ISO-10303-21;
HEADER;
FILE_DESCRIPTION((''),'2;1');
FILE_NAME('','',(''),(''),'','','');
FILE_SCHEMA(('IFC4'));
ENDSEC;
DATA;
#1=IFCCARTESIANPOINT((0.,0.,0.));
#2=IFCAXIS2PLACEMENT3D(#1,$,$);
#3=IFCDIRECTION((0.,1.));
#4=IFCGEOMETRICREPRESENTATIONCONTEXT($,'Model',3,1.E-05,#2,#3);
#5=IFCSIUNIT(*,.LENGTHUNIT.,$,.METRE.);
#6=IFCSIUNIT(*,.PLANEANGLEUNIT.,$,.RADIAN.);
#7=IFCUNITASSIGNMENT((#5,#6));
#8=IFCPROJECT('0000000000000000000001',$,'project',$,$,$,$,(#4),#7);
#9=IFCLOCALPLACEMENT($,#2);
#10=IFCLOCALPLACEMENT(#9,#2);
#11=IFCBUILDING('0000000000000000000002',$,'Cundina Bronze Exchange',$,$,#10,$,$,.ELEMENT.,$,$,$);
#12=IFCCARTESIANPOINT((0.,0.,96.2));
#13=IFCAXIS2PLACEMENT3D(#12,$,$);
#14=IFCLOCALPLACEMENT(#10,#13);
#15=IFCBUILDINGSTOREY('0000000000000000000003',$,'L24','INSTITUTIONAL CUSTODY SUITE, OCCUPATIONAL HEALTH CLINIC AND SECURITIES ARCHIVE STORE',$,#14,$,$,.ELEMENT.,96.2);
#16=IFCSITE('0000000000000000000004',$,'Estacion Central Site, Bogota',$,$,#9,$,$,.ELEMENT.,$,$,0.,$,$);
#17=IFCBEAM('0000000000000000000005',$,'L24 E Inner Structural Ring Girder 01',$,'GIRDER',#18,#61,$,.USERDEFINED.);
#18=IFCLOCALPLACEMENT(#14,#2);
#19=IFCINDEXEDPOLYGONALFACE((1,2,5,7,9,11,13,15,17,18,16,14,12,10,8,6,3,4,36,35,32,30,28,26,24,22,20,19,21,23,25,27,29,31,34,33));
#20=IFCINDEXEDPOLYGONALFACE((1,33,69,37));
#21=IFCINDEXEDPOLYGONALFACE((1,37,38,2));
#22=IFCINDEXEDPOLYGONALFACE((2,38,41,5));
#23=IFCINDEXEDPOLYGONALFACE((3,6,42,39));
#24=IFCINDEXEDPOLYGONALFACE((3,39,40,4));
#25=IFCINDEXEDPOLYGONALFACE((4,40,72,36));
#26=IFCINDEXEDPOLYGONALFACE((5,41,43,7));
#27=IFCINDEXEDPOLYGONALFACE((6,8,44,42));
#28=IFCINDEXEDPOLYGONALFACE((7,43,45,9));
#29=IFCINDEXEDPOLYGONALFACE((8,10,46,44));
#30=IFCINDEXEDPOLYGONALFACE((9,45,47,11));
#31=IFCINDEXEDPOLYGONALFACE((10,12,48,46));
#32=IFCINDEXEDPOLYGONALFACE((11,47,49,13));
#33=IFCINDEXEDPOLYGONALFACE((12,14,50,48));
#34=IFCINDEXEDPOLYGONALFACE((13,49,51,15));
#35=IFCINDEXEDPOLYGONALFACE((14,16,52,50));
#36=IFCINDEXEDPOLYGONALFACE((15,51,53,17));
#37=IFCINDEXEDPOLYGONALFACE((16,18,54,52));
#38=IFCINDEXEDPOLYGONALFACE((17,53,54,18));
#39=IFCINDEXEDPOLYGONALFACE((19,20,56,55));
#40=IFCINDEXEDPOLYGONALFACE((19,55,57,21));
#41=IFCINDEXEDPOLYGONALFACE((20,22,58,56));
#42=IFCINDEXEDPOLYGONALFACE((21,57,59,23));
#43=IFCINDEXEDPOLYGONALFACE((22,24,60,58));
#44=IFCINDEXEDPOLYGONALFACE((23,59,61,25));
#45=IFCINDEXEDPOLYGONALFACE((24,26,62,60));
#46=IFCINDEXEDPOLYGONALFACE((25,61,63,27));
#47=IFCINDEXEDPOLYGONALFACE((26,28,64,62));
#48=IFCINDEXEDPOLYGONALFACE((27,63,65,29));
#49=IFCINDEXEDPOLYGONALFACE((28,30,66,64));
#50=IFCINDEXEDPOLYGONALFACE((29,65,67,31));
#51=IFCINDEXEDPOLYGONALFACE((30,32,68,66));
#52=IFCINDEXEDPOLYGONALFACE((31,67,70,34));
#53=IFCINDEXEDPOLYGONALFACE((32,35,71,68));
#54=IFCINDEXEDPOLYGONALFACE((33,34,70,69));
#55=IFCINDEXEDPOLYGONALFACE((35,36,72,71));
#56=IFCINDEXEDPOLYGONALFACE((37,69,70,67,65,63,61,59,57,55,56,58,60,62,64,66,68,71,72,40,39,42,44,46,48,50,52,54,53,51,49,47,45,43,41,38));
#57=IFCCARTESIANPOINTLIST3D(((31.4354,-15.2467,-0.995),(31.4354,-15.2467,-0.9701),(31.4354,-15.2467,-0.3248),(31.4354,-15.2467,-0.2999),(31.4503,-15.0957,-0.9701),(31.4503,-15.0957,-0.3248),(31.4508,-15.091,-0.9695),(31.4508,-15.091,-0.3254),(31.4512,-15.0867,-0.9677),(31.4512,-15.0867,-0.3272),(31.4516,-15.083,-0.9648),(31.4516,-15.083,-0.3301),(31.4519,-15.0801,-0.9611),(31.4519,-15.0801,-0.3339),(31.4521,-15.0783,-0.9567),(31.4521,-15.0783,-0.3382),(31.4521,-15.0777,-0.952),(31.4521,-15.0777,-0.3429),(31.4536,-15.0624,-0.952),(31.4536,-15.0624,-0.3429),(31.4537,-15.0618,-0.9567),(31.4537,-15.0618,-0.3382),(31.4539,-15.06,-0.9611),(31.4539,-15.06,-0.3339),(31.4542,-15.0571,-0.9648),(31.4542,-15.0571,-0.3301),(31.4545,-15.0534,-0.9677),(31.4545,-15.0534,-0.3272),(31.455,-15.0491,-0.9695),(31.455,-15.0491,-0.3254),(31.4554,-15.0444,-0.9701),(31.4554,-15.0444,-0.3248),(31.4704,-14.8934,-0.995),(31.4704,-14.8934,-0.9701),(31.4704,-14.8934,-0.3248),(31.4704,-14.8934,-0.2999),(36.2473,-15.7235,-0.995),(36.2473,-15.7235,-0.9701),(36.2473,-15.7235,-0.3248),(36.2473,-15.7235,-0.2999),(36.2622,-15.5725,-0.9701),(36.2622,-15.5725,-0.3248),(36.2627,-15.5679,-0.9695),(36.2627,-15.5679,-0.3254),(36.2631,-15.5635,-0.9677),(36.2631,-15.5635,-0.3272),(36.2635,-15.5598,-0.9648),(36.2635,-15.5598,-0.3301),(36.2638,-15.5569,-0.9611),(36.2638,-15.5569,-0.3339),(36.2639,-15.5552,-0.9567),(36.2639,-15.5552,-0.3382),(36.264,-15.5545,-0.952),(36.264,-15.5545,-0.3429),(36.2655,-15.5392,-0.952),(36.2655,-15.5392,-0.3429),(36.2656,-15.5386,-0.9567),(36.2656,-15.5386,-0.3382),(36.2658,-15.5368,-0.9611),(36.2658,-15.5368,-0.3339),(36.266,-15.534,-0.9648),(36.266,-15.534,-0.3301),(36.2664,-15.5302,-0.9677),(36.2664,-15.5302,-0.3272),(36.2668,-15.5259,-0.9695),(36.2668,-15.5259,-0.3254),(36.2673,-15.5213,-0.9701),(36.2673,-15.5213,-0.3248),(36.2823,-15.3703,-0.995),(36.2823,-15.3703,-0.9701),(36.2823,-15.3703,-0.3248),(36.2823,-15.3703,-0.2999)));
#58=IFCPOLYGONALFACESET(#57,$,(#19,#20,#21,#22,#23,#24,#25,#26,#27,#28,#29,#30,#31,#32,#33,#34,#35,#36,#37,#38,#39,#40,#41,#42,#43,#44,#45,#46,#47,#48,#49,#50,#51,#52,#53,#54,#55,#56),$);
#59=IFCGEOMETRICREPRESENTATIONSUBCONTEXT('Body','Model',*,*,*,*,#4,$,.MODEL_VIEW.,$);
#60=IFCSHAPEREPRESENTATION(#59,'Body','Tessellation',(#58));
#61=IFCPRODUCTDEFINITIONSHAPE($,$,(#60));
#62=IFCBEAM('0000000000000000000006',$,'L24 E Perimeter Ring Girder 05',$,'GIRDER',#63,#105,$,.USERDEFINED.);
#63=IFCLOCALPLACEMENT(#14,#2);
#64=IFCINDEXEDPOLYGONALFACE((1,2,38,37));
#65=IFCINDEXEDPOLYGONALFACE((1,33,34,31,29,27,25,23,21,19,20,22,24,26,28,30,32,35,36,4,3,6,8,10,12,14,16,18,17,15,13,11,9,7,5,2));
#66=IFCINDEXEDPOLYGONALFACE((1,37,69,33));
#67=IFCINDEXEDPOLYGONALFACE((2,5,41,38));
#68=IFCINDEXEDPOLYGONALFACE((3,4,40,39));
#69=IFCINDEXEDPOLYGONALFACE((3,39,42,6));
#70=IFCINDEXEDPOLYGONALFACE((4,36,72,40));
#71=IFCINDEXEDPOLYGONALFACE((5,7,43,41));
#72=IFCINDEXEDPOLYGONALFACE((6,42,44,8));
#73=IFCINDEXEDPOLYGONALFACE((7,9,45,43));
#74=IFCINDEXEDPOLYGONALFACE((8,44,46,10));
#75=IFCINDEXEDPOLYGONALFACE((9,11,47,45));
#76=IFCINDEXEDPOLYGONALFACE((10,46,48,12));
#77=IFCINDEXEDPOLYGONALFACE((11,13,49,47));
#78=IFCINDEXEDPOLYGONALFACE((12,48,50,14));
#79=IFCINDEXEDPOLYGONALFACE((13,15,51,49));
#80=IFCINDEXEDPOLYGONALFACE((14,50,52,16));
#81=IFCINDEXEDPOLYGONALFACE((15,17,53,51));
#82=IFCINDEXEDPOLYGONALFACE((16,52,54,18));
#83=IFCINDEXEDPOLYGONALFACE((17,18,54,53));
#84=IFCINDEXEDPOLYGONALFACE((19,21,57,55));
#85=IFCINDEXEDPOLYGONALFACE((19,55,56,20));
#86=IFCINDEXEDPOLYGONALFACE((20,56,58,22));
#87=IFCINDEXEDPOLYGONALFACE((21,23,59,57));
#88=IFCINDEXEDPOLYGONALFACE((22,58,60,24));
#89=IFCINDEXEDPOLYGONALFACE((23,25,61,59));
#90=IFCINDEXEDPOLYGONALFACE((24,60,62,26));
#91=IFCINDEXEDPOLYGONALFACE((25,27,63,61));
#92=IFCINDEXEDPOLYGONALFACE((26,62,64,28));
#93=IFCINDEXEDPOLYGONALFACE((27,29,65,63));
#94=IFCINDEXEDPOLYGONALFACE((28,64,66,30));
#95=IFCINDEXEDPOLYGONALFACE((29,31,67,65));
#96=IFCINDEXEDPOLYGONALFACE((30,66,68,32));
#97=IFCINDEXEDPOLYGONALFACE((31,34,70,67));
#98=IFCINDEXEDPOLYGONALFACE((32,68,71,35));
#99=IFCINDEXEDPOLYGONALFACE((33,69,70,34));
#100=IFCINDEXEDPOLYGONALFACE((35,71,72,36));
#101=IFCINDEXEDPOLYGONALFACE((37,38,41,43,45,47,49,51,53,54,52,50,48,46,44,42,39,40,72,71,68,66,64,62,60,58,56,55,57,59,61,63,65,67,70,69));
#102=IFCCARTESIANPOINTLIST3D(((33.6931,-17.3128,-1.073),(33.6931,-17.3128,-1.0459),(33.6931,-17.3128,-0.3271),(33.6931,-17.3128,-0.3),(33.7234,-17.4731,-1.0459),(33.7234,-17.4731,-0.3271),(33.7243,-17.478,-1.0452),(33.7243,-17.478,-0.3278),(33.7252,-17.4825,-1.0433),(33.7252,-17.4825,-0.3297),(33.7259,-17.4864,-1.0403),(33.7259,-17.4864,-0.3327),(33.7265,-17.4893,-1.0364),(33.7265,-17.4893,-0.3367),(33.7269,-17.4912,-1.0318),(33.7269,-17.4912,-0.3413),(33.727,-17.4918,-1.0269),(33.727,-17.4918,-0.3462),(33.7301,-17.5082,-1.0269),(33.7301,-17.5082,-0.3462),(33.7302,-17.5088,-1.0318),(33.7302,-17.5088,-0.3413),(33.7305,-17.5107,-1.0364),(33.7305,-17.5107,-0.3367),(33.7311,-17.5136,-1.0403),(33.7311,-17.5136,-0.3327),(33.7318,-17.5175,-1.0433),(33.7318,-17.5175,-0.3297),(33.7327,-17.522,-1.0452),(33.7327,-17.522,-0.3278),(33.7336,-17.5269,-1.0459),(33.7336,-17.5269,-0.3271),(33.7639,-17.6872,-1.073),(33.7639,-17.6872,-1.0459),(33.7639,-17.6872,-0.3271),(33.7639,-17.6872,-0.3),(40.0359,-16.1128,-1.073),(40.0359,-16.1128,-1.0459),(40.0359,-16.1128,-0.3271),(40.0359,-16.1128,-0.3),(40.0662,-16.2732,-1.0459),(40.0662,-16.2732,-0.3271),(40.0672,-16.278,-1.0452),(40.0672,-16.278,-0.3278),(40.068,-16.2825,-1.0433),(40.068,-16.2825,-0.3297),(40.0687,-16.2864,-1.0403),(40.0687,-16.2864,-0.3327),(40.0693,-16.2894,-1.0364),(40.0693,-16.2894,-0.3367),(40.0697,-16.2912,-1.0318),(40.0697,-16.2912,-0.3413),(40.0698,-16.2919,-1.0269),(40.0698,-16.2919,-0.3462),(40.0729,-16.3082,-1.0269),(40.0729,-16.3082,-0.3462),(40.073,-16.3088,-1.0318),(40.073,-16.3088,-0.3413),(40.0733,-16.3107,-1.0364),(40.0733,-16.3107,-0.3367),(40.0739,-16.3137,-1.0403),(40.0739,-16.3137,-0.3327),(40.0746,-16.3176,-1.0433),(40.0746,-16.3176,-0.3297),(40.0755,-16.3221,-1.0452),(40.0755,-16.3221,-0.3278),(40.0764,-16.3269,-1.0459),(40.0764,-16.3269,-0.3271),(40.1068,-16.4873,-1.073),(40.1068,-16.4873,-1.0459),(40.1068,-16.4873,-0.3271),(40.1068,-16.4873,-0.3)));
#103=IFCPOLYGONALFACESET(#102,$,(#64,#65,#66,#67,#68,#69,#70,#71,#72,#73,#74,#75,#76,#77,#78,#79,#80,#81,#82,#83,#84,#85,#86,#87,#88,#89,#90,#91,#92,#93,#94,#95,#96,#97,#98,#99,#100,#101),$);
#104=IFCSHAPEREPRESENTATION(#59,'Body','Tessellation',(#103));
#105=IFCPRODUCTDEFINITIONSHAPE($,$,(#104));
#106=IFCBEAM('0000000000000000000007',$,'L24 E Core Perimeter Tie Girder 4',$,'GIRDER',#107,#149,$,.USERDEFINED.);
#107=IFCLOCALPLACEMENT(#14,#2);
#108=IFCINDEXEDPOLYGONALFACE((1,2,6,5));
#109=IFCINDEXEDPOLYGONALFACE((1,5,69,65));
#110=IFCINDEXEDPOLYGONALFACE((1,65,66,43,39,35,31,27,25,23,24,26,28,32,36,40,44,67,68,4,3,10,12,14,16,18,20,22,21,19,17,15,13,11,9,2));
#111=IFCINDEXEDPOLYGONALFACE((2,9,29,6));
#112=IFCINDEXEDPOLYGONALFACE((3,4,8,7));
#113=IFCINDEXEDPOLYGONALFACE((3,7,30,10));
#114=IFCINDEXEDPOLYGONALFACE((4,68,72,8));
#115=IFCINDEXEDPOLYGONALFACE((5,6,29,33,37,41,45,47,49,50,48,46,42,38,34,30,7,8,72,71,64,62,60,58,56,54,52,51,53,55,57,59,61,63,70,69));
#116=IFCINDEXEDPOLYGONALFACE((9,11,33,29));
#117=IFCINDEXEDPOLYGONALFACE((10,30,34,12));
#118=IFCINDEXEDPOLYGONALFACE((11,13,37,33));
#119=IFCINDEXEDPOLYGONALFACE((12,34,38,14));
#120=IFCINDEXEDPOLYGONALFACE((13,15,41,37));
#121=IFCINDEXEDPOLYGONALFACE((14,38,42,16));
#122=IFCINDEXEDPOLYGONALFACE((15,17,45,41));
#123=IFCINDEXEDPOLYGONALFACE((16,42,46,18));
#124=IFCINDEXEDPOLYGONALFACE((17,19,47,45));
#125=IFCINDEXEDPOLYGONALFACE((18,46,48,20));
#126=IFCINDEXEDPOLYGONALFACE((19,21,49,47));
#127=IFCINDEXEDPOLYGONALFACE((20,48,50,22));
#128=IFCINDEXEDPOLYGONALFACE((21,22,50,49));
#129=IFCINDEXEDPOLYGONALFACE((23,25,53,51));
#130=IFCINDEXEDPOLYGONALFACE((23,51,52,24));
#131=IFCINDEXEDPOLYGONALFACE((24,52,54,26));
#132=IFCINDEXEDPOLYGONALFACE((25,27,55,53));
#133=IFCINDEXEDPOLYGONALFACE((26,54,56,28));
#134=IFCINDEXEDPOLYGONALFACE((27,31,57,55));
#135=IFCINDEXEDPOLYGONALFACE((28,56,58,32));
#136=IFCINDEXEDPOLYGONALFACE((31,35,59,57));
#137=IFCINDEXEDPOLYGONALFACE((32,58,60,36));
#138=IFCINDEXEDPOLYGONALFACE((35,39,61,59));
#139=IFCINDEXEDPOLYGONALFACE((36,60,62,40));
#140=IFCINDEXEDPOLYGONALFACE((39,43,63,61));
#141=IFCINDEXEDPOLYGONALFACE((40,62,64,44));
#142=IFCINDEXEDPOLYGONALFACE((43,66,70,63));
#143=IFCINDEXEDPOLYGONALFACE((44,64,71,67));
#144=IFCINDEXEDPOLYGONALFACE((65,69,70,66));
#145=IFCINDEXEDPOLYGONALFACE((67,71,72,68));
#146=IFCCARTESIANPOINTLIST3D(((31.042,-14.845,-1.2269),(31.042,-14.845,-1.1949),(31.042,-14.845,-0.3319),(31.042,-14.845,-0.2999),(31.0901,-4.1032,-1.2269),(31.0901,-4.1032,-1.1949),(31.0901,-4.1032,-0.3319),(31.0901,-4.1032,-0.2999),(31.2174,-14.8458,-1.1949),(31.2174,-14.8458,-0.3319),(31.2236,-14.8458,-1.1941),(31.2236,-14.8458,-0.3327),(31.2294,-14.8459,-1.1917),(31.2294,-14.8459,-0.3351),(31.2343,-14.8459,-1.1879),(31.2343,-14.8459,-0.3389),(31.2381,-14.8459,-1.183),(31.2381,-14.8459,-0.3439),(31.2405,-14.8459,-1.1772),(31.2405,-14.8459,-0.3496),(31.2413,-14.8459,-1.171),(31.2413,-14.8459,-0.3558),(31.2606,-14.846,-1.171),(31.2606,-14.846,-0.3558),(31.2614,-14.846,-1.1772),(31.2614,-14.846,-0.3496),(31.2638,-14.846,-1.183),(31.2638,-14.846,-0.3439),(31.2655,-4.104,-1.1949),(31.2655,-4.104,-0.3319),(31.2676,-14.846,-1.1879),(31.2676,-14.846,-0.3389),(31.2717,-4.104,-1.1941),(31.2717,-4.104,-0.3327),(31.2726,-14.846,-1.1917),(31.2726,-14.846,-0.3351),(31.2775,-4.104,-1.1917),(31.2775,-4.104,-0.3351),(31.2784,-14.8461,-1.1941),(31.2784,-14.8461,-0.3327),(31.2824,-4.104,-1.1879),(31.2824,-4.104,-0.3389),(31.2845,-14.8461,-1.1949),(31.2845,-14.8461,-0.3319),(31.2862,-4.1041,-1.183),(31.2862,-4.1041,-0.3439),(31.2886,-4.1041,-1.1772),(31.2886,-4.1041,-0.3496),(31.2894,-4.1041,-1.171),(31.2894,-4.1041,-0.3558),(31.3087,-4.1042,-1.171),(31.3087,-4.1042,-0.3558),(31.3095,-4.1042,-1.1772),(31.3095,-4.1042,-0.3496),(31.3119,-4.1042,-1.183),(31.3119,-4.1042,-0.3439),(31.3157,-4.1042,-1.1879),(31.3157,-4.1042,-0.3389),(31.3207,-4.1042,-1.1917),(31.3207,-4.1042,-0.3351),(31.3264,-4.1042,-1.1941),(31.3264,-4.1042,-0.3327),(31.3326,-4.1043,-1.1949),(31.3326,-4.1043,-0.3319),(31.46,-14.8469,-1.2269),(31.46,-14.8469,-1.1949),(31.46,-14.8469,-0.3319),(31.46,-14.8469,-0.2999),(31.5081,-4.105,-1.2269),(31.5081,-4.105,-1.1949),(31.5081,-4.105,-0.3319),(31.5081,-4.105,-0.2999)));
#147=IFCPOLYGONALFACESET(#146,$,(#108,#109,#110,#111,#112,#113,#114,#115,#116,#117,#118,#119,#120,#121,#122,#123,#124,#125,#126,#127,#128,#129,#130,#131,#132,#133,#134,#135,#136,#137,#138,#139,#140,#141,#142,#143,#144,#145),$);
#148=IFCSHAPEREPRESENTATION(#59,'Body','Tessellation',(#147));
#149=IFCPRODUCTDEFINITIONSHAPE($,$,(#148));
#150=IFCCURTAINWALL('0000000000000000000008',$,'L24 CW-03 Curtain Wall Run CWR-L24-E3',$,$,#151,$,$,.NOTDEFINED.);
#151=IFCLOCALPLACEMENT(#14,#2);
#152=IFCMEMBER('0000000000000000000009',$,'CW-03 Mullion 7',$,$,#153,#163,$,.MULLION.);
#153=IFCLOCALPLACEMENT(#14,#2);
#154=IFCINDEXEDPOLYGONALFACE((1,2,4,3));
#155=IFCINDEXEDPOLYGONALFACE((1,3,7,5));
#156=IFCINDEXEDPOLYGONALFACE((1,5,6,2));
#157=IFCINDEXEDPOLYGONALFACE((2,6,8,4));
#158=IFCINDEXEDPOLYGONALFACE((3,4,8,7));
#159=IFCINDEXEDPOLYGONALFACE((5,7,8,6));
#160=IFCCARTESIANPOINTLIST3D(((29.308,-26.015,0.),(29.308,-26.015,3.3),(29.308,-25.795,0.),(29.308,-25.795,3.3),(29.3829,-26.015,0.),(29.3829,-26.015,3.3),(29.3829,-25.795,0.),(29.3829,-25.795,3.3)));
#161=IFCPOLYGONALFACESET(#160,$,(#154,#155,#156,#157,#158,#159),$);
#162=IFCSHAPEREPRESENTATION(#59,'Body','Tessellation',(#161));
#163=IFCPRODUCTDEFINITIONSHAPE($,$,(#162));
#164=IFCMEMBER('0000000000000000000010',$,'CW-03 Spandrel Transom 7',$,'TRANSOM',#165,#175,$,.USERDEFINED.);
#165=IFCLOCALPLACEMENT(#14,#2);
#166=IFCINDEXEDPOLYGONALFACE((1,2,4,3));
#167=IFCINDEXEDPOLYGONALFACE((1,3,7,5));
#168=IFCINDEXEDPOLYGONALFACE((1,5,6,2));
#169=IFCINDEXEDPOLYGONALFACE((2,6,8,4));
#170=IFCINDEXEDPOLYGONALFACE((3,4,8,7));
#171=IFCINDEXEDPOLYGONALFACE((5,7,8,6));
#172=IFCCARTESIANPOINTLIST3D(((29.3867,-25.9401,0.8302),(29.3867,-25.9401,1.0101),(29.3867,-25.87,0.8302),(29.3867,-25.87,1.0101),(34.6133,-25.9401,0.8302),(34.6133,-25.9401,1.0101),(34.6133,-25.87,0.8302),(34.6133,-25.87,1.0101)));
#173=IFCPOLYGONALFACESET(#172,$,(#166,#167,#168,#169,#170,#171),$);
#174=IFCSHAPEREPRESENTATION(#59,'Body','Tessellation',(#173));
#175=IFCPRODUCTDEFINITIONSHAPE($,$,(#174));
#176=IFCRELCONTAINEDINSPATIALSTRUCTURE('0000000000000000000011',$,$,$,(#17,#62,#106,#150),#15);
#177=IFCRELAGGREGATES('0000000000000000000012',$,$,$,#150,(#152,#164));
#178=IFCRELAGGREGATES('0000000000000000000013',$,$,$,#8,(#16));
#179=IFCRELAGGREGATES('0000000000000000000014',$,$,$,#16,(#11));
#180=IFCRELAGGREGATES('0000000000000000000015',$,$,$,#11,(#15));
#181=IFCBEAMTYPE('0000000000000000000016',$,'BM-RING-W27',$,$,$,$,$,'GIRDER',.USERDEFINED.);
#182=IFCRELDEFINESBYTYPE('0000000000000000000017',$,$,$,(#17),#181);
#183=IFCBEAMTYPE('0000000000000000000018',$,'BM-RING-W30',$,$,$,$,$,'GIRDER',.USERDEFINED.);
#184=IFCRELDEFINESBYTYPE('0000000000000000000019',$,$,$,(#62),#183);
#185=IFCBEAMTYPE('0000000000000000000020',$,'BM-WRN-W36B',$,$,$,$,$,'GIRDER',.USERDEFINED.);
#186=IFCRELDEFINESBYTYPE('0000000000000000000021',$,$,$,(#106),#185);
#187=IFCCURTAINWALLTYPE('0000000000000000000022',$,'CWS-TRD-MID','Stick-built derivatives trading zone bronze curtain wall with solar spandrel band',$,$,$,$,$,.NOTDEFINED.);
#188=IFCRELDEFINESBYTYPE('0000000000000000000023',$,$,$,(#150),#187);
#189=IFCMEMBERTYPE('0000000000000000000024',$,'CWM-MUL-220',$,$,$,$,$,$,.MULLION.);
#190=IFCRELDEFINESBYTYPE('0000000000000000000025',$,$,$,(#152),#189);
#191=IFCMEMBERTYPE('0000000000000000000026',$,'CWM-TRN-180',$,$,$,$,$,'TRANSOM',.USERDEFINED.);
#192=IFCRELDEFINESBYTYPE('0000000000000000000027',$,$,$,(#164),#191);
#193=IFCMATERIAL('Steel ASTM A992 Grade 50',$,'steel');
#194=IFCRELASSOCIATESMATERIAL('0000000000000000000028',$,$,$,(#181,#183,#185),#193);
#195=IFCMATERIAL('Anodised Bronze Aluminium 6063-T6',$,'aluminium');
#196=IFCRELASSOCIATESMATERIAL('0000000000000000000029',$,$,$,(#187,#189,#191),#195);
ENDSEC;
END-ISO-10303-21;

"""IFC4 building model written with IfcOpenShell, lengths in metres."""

from ifc_helpers import new_model, si_unit, direction, frame, origin, origin_2d, place, context, subcontext, project, spatial, rectangle, i_section, extrude, material, material_profile, profile_set, type_object, element, aggregate, save


model = new_model("IFC4")

# Units and contexts
model_context = context("Model", 3, precision=1e-05, world=origin(), true_north=direction((0.0, 1.0)))
body_context = subcontext(model_context, "Body", "Model", "MODEL_VIEW")
ifc_project = project(units=[si_unit("LENGTHUNIT", "METRE"), si_unit("PLANEANGLEUNIT", "RADIAN")], contexts=[model_context])

# Site, building, storey
site_placement = place(None, origin())
site = spatial("IfcSite", under=ifc_project, at=site_placement, Name="Estacion Central Site, Bogota", CompositionType="ELEMENT", RefElevation=0.0)
building_placement = place(site_placement, origin())
building = spatial("IfcBuilding", under=site, at=building_placement, Name="Cundina Bronze Exchange", CompositionType="ELEMENT")
storey_placement = place(building_placement, frame((0.0, 0.0, 96.2)))
storey = spatial("IfcBuildingStorey", under=building, at=storey_placement, Name="L24", Description="INSTITUTIONAL CUSTODY SUITE, OCCUPATIONAL HEALTH CLINIC AND SECURITIES ARCHIVE STORE", CompositionType="ELEMENT", Elevation=96.2)

# Shared definitions
ifc_material_1 = material(Name="Steel ASTM A992 Grade 50", Category="steel")

# Beams
ifc_material_profile_1 = material_profile(ifc_material_1, i_section(OverallWidth=0.355, OverallDepth=0.6951, WebThickness=0.0154, FlangeThickness=0.0249, FilletRadius=0.0181, at=origin_2d()), Name="W27X146", Category="steel")
ifc_profile_set_1 = profile_set([ifc_material_profile_1], Name="Steel ASTM A992 Grade 50")
beam_type_1 = type_object("IfcBeamType", Name="BM-RING-W27", ElementType="GIRDER", PredefinedType="USERDEFINED", material=ifc_profile_set_1)
beam_1_placement = place(storey_placement, frame((31.4529, -15.0701, -0.6475), z_axis=(0.995126, -0.098609, 0.0), x_axis=(0.098609, 0.995126, 0.0)))
element("IfcBeam", 1, at=beam_1_placement, inside=storey, type_object=beam_type_1, Name="L24 E Inner Structural Ring Girder 01", ObjectType="GIRDER", PredefinedType="USERDEFINED", context=body_context, shape_type="SweptSolid", body=[
    extrude(i_section(OverallWidth=0.355, OverallDepth=0.6951, WebThickness=0.0154, FlangeThickness=0.0249, FilletRadius=0.0181, at=origin_2d()), origin(), (0.0, 0.0, 1.0), 4.8354),
])
ifc_material_profile_2 = material_profile(ifc_material_1, i_section(OverallWidth=0.3811, OverallDepth=0.7729, WebThickness=0.0166, FlangeThickness=0.0271, FilletRadius=0.019, at=origin_2d()), Name="W30X173", Category="steel")
ifc_profile_set_2 = profile_set([ifc_material_profile_2], Name="Steel ASTM A992 Grade 50")
beam_type_2 = type_object("IfcBeamType", Name="BM-RING-W30", ElementType="GIRDER", PredefinedType="USERDEFINED", material=ifc_profile_set_2)
beam_2_placement = place(storey_placement, frame((33.7285, -17.5, -0.6865), z_axis=(0.982571, 0.185887, 0.0), x_axis=(-0.185887, 0.982571, 0.0)))
element("IfcBeam", 2, at=beam_2_placement, inside=storey, type_object=beam_type_2, Name="L24 E Perimeter Ring Girder 05", ObjectType="GIRDER", PredefinedType="USERDEFINED", context=body_context, shape_type="SweptSolid", body=[
    extrude(i_section(OverallWidth=0.3811, OverallDepth=0.7729, WebThickness=0.0166, FlangeThickness=0.0271, FilletRadius=0.019, at=origin_2d()), origin(), (0.0, 0.0, 1.0), 6.4553),
])
ifc_material_profile_3 = material_profile(ifc_material_1, i_section(OverallWidth=0.418, OverallDepth=0.927, WebThickness=0.0193, FlangeThickness=0.032, FilletRadius=0.0239, at=origin_2d()), Name="W36X231", Category="steel")
ifc_profile_set_3 = profile_set([ifc_material_profile_3], Name="Steel ASTM A992 Grade 50")
beam_type_3 = type_object("IfcBeamType", Name="BM-WRN-W36B", ElementType="GIRDER", PredefinedType="USERDEFINED", material=ifc_profile_set_3)
beam_3_placement = place(storey_placement, frame((31.251, -14.8459, -0.7634), z_axis=(0.004477, 0.99999, 0.0), x_axis=(-0.99999, 0.004477, 0.0)))
element("IfcBeam", 3, at=beam_3_placement, inside=storey, type_object=beam_type_3, Name="L24 E Core Perimeter Tie Girder 4", ObjectType="GIRDER", PredefinedType="USERDEFINED", context=body_context, shape_type="SweptSolid", body=[
    extrude(i_section(OverallWidth=0.418, OverallDepth=0.927, WebThickness=0.0193, FlangeThickness=0.032, FilletRadius=0.0239, at=origin_2d()), origin(), (0.0, 0.0, 1.0), 10.7419),
])

# Curtain wall, members
ifc_material_2 = material(Name="Anodised Bronze Aluminium 6063-T6", Category="aluminium")
curtain_wall_type = type_object("IfcCurtainWallType", Name="CWS-TRD-MID", Description="Stick-built derivatives trading zone bronze curtain wall with solar spandrel band", PredefinedType="NOTDEFINED", material=ifc_material_2)
curtain_wall_placement = place(storey_placement, origin())
curtain_wall = element("IfcCurtainWall", 4, at=curtain_wall_placement, inside=storey, type_object=curtain_wall_type, Name="L24 CW-03 Curtain Wall Run CWR-L24-E3", PredefinedType="NOTDEFINED")
ifc_material_profile_4 = material_profile(ifc_material_2, rectangle(XDim=0.075, YDim=0.22, at=origin_2d()), Name="AL75X220", Category="aluminium")
ifc_profile_set_4 = profile_set([ifc_material_profile_4], Name="Anodised Bronze Aluminium 6063-T6")
member_type_1 = type_object("IfcMemberType", Name="CWM-MUL-220", PredefinedType="MULLION", material=ifc_profile_set_4)
member_1_placement = place(storey_placement, frame((29.3455, -25.905, 0.0), z_axis=(0.0, 0.0, 1.0), x_axis=(1.0, 0.0, 0.0)))
member_1 = element("IfcMember", 5, at=member_1_placement, type_object=member_type_1, Name="CW-03 Mullion 7", PredefinedType="MULLION", context=body_context, shape_type="SweptSolid", body=[
    extrude(rectangle(XDim=0.075, YDim=0.22, at=origin_2d()), origin(), (0.0, 0.0, 1.0), 3.3),
])
ifc_material_profile_5 = material_profile(ifc_material_2, rectangle(XDim=0.0701, YDim=0.1799, at=origin_2d()), Name="AL70X180", Category="aluminium")
ifc_profile_set_5 = profile_set([ifc_material_profile_5], Name="Anodised Bronze Aluminium 6063-T6")
member_type_2 = type_object("IfcMemberType", Name="CWM-TRN-180", ElementType="TRANSOM", PredefinedType="USERDEFINED", material=ifc_profile_set_5)
member_2_placement = place(storey_placement, frame((29.3867, -25.905, 0.9202), z_axis=(1.0, 0.0, 0.0), x_axis=(0.0, 1.0, 0.0)))
member_2 = element("IfcMember", 6, at=member_2_placement, type_object=member_type_2, Name="CW-03 Spandrel Transom 7", ObjectType="TRANSOM", PredefinedType="USERDEFINED", context=body_context, shape_type="SweptSolid", body=[
    extrude(rectangle(XDim=0.0701, YDim=0.1799, at=origin_2d()), origin(), (0.0, 0.0, 1.0), 5.2266),
])
aggregate(curtain_wall, [member_1, member_2])

save(model, "model.ifc")
